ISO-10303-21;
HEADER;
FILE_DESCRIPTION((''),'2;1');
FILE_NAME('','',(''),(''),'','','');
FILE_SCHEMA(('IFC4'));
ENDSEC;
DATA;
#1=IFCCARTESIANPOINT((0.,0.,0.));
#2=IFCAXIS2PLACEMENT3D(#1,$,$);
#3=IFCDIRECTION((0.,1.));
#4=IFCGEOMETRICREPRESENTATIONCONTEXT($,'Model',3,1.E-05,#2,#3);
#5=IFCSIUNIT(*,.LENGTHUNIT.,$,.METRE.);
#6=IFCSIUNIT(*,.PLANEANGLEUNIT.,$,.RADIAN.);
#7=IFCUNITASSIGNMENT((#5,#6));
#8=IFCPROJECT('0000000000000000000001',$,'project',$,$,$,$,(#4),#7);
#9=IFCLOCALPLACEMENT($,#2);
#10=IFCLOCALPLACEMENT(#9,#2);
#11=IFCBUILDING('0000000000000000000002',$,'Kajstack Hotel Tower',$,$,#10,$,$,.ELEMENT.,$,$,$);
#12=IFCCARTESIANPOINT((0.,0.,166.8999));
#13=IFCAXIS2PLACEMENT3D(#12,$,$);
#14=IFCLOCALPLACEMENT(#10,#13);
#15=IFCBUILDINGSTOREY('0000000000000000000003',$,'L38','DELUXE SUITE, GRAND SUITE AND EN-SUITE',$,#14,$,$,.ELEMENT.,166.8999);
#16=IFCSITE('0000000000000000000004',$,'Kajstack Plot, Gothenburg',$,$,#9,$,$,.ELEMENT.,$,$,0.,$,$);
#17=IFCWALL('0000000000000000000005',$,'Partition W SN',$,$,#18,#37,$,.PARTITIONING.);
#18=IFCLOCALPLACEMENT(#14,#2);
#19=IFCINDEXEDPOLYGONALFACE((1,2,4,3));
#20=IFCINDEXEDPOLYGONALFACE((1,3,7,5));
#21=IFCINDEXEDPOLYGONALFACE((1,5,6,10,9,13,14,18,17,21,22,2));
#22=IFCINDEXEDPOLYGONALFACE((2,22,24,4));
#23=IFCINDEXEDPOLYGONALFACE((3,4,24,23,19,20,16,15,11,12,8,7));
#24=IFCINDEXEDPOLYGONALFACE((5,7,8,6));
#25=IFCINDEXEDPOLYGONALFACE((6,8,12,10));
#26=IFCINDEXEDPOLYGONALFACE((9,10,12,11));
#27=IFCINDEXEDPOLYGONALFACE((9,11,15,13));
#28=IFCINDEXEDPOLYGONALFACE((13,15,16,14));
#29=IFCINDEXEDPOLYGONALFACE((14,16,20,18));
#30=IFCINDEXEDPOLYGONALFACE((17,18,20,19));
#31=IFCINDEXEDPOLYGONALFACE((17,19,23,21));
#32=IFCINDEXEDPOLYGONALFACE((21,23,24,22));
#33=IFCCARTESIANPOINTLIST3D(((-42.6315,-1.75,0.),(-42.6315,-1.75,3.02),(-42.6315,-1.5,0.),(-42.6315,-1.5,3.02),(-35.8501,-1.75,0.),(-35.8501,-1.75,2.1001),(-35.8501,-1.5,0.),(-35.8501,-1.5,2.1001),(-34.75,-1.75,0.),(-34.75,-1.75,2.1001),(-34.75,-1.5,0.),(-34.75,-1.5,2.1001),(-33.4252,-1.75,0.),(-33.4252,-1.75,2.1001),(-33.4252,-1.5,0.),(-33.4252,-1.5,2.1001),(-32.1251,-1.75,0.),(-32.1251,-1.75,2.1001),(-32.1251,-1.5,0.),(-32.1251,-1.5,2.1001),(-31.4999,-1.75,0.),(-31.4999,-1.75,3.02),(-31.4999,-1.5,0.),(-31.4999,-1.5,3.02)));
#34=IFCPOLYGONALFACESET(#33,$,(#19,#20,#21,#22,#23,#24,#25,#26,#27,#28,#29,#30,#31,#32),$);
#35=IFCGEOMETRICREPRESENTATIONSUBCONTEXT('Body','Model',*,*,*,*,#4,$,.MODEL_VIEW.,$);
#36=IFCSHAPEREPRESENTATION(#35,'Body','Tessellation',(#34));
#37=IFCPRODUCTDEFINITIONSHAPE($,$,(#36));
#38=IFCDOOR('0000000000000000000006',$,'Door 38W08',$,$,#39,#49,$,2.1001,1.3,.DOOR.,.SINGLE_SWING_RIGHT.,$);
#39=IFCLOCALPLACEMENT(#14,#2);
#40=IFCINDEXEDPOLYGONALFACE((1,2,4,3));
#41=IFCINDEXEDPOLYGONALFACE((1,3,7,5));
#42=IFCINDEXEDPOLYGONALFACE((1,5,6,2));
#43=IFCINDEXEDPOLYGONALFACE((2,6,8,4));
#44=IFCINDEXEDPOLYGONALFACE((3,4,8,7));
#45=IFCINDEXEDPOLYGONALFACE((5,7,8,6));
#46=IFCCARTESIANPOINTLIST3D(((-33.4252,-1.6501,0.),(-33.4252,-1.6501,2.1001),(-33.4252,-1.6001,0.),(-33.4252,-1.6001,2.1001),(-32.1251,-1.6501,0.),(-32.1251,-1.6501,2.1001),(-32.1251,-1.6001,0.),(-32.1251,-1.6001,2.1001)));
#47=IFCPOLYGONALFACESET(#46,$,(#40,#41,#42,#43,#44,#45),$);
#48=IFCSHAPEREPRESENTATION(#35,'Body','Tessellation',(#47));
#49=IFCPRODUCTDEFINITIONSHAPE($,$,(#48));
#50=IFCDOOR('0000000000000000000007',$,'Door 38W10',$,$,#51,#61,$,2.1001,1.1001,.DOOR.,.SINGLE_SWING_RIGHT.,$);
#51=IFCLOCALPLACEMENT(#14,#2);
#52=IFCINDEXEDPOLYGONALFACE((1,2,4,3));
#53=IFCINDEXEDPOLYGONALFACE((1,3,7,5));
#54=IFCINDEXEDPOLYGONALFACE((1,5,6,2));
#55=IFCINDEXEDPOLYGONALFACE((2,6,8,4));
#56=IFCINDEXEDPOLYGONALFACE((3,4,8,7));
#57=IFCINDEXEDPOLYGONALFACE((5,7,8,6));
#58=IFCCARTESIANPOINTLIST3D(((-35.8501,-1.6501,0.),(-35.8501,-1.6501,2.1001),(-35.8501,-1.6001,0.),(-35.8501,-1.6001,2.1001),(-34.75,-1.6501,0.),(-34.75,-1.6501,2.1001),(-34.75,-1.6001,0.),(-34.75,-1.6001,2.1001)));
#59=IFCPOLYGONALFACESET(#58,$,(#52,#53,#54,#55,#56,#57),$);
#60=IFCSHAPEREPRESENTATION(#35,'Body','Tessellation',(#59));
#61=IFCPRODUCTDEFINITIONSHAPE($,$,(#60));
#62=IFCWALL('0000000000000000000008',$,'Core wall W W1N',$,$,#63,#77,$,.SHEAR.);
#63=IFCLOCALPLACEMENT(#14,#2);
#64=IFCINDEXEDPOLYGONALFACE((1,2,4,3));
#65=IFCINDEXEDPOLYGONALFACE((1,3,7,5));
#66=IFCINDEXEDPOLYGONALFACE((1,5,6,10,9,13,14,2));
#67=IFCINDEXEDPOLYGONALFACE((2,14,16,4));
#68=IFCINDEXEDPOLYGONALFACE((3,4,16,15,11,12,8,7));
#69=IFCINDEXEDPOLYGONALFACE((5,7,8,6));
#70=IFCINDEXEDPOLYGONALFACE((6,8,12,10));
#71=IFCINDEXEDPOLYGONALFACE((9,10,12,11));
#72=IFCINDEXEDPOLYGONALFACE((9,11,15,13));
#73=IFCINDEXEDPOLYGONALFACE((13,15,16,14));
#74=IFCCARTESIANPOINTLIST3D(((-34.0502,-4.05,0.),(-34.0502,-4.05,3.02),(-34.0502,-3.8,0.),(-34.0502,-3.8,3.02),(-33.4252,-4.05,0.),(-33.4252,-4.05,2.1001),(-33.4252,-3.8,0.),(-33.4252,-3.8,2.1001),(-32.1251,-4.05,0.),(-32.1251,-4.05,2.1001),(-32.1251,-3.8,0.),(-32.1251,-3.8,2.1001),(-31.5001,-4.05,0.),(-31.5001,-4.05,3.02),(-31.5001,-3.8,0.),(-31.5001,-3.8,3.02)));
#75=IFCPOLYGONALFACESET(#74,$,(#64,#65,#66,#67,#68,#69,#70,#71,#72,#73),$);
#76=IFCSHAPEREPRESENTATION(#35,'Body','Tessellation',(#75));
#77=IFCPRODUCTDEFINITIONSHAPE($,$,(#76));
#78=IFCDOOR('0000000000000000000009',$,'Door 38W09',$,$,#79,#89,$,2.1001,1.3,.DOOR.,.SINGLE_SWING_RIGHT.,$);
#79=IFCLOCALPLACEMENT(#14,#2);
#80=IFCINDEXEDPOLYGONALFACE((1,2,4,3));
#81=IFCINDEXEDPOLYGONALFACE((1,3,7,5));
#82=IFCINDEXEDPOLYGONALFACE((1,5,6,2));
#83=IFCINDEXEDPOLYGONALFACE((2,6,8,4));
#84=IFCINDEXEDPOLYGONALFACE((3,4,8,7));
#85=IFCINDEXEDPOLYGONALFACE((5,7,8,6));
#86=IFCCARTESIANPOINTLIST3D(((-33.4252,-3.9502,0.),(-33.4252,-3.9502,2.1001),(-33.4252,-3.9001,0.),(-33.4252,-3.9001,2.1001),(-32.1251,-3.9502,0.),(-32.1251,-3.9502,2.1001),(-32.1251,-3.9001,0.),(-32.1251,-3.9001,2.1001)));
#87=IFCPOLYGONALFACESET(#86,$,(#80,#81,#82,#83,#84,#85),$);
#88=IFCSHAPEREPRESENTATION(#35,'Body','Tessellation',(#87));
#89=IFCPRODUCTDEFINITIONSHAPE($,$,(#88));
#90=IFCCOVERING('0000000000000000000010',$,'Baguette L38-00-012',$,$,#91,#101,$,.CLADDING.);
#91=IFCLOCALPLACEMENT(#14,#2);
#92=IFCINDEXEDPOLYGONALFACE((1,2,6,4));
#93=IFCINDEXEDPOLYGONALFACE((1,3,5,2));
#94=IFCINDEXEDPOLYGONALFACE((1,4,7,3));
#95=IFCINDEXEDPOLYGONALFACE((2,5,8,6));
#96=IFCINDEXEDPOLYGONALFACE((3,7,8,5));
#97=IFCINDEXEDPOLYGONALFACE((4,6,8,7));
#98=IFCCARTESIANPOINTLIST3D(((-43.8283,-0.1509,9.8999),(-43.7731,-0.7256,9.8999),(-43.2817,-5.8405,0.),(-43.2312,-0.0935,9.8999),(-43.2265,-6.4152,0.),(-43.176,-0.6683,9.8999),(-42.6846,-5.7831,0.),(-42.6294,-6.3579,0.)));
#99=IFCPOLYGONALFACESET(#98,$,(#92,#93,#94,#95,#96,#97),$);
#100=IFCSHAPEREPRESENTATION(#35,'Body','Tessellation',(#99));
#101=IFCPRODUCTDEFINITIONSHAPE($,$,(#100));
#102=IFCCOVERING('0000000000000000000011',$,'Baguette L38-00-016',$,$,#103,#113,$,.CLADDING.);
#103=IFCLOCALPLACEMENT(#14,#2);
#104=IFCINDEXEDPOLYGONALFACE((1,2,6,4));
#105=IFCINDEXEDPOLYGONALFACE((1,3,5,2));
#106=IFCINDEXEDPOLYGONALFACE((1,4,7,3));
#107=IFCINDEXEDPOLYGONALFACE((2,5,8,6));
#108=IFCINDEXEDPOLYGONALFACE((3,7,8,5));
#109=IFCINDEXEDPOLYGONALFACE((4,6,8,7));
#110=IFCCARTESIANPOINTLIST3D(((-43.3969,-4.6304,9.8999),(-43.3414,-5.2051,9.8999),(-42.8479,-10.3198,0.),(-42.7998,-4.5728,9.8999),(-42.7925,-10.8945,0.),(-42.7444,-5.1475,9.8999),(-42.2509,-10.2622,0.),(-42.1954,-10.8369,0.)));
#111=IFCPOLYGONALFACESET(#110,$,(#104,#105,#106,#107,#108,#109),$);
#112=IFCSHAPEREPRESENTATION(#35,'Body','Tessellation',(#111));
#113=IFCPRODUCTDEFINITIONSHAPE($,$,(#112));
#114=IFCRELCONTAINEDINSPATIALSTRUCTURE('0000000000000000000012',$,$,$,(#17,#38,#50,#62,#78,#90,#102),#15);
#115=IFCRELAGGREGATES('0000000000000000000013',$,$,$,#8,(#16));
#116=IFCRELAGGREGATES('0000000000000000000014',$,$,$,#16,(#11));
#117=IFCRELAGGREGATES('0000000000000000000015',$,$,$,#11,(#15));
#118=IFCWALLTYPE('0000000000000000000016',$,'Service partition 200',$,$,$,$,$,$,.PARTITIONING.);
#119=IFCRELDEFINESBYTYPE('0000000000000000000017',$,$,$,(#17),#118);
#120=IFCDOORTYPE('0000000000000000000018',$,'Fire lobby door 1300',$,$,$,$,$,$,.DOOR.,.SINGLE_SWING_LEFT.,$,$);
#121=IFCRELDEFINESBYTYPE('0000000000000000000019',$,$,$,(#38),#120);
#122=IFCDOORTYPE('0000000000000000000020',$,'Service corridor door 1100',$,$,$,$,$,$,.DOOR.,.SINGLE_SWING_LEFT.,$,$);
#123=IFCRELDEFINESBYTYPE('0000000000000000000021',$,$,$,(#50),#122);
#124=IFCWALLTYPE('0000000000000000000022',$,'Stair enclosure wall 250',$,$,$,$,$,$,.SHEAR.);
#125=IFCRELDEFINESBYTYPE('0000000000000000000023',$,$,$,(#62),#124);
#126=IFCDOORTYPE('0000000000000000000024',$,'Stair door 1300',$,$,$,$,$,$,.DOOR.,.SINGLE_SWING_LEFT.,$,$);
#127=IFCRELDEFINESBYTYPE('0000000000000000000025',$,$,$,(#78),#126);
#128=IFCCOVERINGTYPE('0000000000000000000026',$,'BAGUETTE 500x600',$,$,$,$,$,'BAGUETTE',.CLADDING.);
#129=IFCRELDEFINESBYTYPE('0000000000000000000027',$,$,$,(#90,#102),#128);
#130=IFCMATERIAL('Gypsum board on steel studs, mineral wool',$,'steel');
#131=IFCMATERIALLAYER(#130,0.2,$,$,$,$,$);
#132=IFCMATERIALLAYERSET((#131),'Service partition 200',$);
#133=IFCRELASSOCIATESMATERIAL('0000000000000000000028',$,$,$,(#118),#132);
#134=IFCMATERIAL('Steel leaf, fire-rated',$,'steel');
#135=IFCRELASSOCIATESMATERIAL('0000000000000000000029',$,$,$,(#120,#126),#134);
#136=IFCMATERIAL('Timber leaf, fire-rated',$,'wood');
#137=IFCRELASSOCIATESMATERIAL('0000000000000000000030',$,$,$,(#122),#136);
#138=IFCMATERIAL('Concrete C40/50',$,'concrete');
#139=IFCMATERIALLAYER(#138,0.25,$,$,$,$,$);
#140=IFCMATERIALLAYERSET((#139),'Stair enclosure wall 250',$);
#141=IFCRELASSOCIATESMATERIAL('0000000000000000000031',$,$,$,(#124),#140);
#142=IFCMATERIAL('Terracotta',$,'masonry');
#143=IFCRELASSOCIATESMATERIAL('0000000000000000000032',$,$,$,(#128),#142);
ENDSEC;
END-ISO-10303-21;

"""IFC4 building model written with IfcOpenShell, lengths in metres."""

from ifc_helpers import new_model, si_unit, direction, frame, frame_2d, origin, origin_2d, place, context, subcontext, project, spatial, polyline, rectangle, outline, extrude, material, layer, layer_set, material_profile, profile_set, type_object, element, fill, save


model = new_model("IFC4")

# Units and contexts
model_context = context("Model", 3, precision=1e-05, world=origin(), true_north=direction((0.0, 1.0)))
body_context = subcontext(model_context, "Body", "Model", "MODEL_VIEW")
ifc_project = project(units=[si_unit("LENGTHUNIT", "METRE"), si_unit("PLANEANGLEUNIT", "RADIAN")], contexts=[model_context])

# Site, building, storey
site_placement = place(None, origin())
site = spatial("IfcSite", under=ifc_project, at=site_placement, Name="Kajstack Plot, Gothenburg", CompositionType="ELEMENT", RefElevation=0.0)
building_placement = place(site_placement, origin())
building = spatial("IfcBuilding", under=site, at=building_placement, Name="Kajstack Hotel Tower", CompositionType="ELEMENT")
storey_placement = place(building_placement, frame((0.0, 0.0, 166.8999)))
storey = spatial("IfcBuildingStorey", under=building, at=storey_placement, Name="L38", Description="DELUXE SUITE, GRAND SUITE AND EN-SUITE", CompositionType="ELEMENT", Elevation=166.8999)

# Shared definitions
ifc_material_1 = material(Name="Gypsum board on steel studs, mineral wool", Category="steel")

# Wall, openings, doors
ifc_layer_1 = layer(ifc_material_1, 0.2)
ifc_layer_set_1 = layer_set([ifc_layer_1], Name="Service partition 200")
wall_type_1 = type_object("IfcWallType", Name="Service partition 200", PredefinedType="PARTITIONING", material=ifc_layer_set_1)
wall_1_placement = place(storey_placement, frame((-42.6316, -1.625, 0.0), z_axis=(0.0, 0.0, 1.0), x_axis=(1.0, 0.0, 0.0)))
wall_1 = element("IfcWall", 1, at=wall_1_placement, inside=storey, type_object=wall_type_1, Name="Partition W SN", PredefinedType="PARTITIONING", context=body_context, shape_type="SweptSolid", body=[
    extrude(rectangle(XDim=11.1316, YDim=0.25, at=frame_2d((5.5659, 0.0))), origin(), (0.0, 0.0, 1.0), 3.02),
])
opening_1_placement = place(wall_1_placement, frame((9.2065, 0.0, 0.0)))
opening_1 = element("IfcOpeningElement", 2, at=opening_1_placement, cuts=wall_1, PredefinedType="OPENING", context=body_context, shape_type="SweptSolid", body=[
    extrude(rectangle(XDim=1.3, YDim=2.1001, at=frame_2d((0.6499, 1.05))), frame((0.0, 0.135, 0.0), z_axis=(0.0, -1.0, 0.0), x_axis=(1.0, 0.0, 0.0)), (0.0, 0.0, 1.0), 0.27),
])
opening_2_placement = place(wall_1_placement, frame((6.7815, 0.0, 0.0)))
opening_2 = element("IfcOpeningElement", 3, at=opening_2_placement, cuts=wall_1, PredefinedType="OPENING", context=body_context, shape_type="SweptSolid", body=[
    extrude(rectangle(XDim=1.1001, YDim=2.1001, at=frame_2d((0.55, 1.05))), frame((0.0, 0.135, 0.0), z_axis=(0.0, -1.0, 0.0), x_axis=(1.0, 0.0, 0.0)), (0.0, 0.0, 1.0), 0.27),
])
ifc_material_2 = material(Name="Steel leaf, fire-rated", Category="steel")
door_type_1 = type_object("IfcDoorType", Name="Fire lobby door 1300", OperationType="SINGLE_SWING_LEFT", PredefinedType="DOOR", material=ifc_material_2)
door_1_placement = place(opening_1_placement, origin())
door_1 = element("IfcDoor", 4, at=door_1_placement, inside=storey, type_object=door_type_1, Name="Door 38W08", OperationType="SINGLE_SWING_RIGHT", OverallHeight=2.1001, OverallWidth=1.3, PredefinedType="DOOR", context=body_context, shape_type="SweptSolid", body=[
    extrude(rectangle(XDim=1.3, YDim=2.1001, at=frame_2d((0.6499, 1.05))), frame((0.0, 0.0249, 0.0), z_axis=(0.0, -1.0, 0.0), x_axis=(1.0, 0.0, 0.0)), (0.0, 0.0, 1.0), 0.05),
])
fill(opening_1, door_1)
ifc_material_3 = material(Name="Timber leaf, fire-rated", Category="wood")
door_type_2 = type_object("IfcDoorType", Name="Service corridor door 1100", OperationType="SINGLE_SWING_LEFT", PredefinedType="DOOR", material=ifc_material_3)
door_2_placement = place(opening_2_placement, origin())
door_2 = element("IfcDoor", 5, at=door_2_placement, inside=storey, type_object=door_type_2, Name="Door 38W10", OperationType="SINGLE_SWING_RIGHT", OverallHeight=2.1001, OverallWidth=1.1001, PredefinedType="DOOR", context=body_context, shape_type="SweptSolid", body=[
    extrude(rectangle(XDim=1.1001, YDim=2.1001, at=frame_2d((0.55, 1.05))), frame((0.0, 0.0249, 0.0), z_axis=(0.0, -1.0, 0.0), x_axis=(1.0, 0.0, 0.0)), (0.0, 0.0, 1.0), 0.05),
])
fill(opening_2, door_2)

# Wall, opening, door
ifc_material_4 = material(Name="Concrete C40/50", Category="concrete")
ifc_layer_2 = layer(ifc_material_4, 0.25)
ifc_layer_set_2 = layer_set([ifc_layer_2], Name="Stair enclosure wall 250")
wall_type_2 = type_object("IfcWallType", Name="Stair enclosure wall 250", PredefinedType="SHEAR", material=ifc_layer_set_2)
wall_2_placement = place(storey_placement, frame((-34.05, -3.925, 0.0), z_axis=(0.0, 0.0, 1.0), x_axis=(1.0, 0.0, 0.0)))
wall_2 = element("IfcWall", 6, at=wall_2_placement, inside=storey, type_object=wall_type_2, Name="Core wall W W1N", PredefinedType="SHEAR", context=body_context, shape_type="SweptSolid", body=[
    extrude(rectangle(XDim=2.55, YDim=0.25, at=frame_2d((1.2749, 0.0))), origin(), (0.0, 0.0, 1.0), 3.02),
])
opening_3_placement = place(wall_2_placement, frame((0.625, 0.0, 0.0)))
opening_3 = element("IfcOpeningElement", 7, at=opening_3_placement, cuts=wall_2, PredefinedType="OPENING", context=body_context, shape_type="SweptSolid", body=[
    extrude(rectangle(XDim=1.3, YDim=2.1001, at=frame_2d((0.6499, 1.05))), frame((0.0, 0.135, 0.0), z_axis=(0.0, -1.0, 0.0), x_axis=(1.0, 0.0, 0.0)), (0.0, 0.0, 1.0), 0.27),
])
door_type_3 = type_object("IfcDoorType", Name="Stair door 1300", OperationType="SINGLE_SWING_LEFT", PredefinedType="DOOR", material=ifc_material_2)
door_3_placement = place(opening_3_placement, origin())
door_3 = element("IfcDoor", 8, at=door_3_placement, inside=storey, type_object=door_type_3, Name="Door 38W09", OperationType="SINGLE_SWING_RIGHT", OverallHeight=2.1001, OverallWidth=1.3, PredefinedType="DOOR", context=body_context, shape_type="SweptSolid", body=[
    extrude(rectangle(XDim=1.3, YDim=2.1001, at=frame_2d((0.6499, 1.05))), frame((0.0, 0.0249, 0.0), z_axis=(0.0, -1.0, 0.0), x_axis=(1.0, 0.0, 0.0)), (0.0, 0.0, 1.0), 0.05),
])
fill(opening_3, door_3)

# Coverings
ifc_material_5 = material(Name="Terracotta", Category="masonry")
ifc_material_profile = material_profile(ifc_material_5, rectangle(XDim=0.6001, YDim=0.5, at=origin_2d()), Name="Terracotta-clad concrete baguette 500 x 600")
ifc_profile_set = profile_set([ifc_material_profile], Name="Terracotta")
covering_type = type_object("IfcCoveringType", Name="BAGUETTE 500x600", ElementType="BAGUETTE", PredefinedType="CLADDING", material=ifc_profile_set)
for number, where, z_axis, x_axis, name in (
    (9, (-43.2312, -0.0935, 0.0), (-0.995416, -0.095635, 0.0), (0.095635, -0.995416, 0.0), "Baguette L38-00-012"),
    (10, (-42.7998, -4.5728, 0.0), (-0.995378, -0.096038, 0.0), (0.096038, -0.995378, 0.0), "Baguette L38-00-016"),
):
    element("IfcCovering", number, at=place(storey_placement, frame(where, z_axis=z_axis, x_axis=x_axis)), inside=storey, type_object=covering_type, Name=name, PredefinedType="CLADDING", context=body_context, shape_type="SweptSolid", body=[
        extrude(outline(polyline([(0.0, 9.8999), (5.7158, 0.0), (6.2932, 0.0), (0.5774, 9.8999), (0.0, 9.8999)])), origin(), (0.0, 0.0, 1.0), 0.5999),
    ])

save(model, "model.ifc")
